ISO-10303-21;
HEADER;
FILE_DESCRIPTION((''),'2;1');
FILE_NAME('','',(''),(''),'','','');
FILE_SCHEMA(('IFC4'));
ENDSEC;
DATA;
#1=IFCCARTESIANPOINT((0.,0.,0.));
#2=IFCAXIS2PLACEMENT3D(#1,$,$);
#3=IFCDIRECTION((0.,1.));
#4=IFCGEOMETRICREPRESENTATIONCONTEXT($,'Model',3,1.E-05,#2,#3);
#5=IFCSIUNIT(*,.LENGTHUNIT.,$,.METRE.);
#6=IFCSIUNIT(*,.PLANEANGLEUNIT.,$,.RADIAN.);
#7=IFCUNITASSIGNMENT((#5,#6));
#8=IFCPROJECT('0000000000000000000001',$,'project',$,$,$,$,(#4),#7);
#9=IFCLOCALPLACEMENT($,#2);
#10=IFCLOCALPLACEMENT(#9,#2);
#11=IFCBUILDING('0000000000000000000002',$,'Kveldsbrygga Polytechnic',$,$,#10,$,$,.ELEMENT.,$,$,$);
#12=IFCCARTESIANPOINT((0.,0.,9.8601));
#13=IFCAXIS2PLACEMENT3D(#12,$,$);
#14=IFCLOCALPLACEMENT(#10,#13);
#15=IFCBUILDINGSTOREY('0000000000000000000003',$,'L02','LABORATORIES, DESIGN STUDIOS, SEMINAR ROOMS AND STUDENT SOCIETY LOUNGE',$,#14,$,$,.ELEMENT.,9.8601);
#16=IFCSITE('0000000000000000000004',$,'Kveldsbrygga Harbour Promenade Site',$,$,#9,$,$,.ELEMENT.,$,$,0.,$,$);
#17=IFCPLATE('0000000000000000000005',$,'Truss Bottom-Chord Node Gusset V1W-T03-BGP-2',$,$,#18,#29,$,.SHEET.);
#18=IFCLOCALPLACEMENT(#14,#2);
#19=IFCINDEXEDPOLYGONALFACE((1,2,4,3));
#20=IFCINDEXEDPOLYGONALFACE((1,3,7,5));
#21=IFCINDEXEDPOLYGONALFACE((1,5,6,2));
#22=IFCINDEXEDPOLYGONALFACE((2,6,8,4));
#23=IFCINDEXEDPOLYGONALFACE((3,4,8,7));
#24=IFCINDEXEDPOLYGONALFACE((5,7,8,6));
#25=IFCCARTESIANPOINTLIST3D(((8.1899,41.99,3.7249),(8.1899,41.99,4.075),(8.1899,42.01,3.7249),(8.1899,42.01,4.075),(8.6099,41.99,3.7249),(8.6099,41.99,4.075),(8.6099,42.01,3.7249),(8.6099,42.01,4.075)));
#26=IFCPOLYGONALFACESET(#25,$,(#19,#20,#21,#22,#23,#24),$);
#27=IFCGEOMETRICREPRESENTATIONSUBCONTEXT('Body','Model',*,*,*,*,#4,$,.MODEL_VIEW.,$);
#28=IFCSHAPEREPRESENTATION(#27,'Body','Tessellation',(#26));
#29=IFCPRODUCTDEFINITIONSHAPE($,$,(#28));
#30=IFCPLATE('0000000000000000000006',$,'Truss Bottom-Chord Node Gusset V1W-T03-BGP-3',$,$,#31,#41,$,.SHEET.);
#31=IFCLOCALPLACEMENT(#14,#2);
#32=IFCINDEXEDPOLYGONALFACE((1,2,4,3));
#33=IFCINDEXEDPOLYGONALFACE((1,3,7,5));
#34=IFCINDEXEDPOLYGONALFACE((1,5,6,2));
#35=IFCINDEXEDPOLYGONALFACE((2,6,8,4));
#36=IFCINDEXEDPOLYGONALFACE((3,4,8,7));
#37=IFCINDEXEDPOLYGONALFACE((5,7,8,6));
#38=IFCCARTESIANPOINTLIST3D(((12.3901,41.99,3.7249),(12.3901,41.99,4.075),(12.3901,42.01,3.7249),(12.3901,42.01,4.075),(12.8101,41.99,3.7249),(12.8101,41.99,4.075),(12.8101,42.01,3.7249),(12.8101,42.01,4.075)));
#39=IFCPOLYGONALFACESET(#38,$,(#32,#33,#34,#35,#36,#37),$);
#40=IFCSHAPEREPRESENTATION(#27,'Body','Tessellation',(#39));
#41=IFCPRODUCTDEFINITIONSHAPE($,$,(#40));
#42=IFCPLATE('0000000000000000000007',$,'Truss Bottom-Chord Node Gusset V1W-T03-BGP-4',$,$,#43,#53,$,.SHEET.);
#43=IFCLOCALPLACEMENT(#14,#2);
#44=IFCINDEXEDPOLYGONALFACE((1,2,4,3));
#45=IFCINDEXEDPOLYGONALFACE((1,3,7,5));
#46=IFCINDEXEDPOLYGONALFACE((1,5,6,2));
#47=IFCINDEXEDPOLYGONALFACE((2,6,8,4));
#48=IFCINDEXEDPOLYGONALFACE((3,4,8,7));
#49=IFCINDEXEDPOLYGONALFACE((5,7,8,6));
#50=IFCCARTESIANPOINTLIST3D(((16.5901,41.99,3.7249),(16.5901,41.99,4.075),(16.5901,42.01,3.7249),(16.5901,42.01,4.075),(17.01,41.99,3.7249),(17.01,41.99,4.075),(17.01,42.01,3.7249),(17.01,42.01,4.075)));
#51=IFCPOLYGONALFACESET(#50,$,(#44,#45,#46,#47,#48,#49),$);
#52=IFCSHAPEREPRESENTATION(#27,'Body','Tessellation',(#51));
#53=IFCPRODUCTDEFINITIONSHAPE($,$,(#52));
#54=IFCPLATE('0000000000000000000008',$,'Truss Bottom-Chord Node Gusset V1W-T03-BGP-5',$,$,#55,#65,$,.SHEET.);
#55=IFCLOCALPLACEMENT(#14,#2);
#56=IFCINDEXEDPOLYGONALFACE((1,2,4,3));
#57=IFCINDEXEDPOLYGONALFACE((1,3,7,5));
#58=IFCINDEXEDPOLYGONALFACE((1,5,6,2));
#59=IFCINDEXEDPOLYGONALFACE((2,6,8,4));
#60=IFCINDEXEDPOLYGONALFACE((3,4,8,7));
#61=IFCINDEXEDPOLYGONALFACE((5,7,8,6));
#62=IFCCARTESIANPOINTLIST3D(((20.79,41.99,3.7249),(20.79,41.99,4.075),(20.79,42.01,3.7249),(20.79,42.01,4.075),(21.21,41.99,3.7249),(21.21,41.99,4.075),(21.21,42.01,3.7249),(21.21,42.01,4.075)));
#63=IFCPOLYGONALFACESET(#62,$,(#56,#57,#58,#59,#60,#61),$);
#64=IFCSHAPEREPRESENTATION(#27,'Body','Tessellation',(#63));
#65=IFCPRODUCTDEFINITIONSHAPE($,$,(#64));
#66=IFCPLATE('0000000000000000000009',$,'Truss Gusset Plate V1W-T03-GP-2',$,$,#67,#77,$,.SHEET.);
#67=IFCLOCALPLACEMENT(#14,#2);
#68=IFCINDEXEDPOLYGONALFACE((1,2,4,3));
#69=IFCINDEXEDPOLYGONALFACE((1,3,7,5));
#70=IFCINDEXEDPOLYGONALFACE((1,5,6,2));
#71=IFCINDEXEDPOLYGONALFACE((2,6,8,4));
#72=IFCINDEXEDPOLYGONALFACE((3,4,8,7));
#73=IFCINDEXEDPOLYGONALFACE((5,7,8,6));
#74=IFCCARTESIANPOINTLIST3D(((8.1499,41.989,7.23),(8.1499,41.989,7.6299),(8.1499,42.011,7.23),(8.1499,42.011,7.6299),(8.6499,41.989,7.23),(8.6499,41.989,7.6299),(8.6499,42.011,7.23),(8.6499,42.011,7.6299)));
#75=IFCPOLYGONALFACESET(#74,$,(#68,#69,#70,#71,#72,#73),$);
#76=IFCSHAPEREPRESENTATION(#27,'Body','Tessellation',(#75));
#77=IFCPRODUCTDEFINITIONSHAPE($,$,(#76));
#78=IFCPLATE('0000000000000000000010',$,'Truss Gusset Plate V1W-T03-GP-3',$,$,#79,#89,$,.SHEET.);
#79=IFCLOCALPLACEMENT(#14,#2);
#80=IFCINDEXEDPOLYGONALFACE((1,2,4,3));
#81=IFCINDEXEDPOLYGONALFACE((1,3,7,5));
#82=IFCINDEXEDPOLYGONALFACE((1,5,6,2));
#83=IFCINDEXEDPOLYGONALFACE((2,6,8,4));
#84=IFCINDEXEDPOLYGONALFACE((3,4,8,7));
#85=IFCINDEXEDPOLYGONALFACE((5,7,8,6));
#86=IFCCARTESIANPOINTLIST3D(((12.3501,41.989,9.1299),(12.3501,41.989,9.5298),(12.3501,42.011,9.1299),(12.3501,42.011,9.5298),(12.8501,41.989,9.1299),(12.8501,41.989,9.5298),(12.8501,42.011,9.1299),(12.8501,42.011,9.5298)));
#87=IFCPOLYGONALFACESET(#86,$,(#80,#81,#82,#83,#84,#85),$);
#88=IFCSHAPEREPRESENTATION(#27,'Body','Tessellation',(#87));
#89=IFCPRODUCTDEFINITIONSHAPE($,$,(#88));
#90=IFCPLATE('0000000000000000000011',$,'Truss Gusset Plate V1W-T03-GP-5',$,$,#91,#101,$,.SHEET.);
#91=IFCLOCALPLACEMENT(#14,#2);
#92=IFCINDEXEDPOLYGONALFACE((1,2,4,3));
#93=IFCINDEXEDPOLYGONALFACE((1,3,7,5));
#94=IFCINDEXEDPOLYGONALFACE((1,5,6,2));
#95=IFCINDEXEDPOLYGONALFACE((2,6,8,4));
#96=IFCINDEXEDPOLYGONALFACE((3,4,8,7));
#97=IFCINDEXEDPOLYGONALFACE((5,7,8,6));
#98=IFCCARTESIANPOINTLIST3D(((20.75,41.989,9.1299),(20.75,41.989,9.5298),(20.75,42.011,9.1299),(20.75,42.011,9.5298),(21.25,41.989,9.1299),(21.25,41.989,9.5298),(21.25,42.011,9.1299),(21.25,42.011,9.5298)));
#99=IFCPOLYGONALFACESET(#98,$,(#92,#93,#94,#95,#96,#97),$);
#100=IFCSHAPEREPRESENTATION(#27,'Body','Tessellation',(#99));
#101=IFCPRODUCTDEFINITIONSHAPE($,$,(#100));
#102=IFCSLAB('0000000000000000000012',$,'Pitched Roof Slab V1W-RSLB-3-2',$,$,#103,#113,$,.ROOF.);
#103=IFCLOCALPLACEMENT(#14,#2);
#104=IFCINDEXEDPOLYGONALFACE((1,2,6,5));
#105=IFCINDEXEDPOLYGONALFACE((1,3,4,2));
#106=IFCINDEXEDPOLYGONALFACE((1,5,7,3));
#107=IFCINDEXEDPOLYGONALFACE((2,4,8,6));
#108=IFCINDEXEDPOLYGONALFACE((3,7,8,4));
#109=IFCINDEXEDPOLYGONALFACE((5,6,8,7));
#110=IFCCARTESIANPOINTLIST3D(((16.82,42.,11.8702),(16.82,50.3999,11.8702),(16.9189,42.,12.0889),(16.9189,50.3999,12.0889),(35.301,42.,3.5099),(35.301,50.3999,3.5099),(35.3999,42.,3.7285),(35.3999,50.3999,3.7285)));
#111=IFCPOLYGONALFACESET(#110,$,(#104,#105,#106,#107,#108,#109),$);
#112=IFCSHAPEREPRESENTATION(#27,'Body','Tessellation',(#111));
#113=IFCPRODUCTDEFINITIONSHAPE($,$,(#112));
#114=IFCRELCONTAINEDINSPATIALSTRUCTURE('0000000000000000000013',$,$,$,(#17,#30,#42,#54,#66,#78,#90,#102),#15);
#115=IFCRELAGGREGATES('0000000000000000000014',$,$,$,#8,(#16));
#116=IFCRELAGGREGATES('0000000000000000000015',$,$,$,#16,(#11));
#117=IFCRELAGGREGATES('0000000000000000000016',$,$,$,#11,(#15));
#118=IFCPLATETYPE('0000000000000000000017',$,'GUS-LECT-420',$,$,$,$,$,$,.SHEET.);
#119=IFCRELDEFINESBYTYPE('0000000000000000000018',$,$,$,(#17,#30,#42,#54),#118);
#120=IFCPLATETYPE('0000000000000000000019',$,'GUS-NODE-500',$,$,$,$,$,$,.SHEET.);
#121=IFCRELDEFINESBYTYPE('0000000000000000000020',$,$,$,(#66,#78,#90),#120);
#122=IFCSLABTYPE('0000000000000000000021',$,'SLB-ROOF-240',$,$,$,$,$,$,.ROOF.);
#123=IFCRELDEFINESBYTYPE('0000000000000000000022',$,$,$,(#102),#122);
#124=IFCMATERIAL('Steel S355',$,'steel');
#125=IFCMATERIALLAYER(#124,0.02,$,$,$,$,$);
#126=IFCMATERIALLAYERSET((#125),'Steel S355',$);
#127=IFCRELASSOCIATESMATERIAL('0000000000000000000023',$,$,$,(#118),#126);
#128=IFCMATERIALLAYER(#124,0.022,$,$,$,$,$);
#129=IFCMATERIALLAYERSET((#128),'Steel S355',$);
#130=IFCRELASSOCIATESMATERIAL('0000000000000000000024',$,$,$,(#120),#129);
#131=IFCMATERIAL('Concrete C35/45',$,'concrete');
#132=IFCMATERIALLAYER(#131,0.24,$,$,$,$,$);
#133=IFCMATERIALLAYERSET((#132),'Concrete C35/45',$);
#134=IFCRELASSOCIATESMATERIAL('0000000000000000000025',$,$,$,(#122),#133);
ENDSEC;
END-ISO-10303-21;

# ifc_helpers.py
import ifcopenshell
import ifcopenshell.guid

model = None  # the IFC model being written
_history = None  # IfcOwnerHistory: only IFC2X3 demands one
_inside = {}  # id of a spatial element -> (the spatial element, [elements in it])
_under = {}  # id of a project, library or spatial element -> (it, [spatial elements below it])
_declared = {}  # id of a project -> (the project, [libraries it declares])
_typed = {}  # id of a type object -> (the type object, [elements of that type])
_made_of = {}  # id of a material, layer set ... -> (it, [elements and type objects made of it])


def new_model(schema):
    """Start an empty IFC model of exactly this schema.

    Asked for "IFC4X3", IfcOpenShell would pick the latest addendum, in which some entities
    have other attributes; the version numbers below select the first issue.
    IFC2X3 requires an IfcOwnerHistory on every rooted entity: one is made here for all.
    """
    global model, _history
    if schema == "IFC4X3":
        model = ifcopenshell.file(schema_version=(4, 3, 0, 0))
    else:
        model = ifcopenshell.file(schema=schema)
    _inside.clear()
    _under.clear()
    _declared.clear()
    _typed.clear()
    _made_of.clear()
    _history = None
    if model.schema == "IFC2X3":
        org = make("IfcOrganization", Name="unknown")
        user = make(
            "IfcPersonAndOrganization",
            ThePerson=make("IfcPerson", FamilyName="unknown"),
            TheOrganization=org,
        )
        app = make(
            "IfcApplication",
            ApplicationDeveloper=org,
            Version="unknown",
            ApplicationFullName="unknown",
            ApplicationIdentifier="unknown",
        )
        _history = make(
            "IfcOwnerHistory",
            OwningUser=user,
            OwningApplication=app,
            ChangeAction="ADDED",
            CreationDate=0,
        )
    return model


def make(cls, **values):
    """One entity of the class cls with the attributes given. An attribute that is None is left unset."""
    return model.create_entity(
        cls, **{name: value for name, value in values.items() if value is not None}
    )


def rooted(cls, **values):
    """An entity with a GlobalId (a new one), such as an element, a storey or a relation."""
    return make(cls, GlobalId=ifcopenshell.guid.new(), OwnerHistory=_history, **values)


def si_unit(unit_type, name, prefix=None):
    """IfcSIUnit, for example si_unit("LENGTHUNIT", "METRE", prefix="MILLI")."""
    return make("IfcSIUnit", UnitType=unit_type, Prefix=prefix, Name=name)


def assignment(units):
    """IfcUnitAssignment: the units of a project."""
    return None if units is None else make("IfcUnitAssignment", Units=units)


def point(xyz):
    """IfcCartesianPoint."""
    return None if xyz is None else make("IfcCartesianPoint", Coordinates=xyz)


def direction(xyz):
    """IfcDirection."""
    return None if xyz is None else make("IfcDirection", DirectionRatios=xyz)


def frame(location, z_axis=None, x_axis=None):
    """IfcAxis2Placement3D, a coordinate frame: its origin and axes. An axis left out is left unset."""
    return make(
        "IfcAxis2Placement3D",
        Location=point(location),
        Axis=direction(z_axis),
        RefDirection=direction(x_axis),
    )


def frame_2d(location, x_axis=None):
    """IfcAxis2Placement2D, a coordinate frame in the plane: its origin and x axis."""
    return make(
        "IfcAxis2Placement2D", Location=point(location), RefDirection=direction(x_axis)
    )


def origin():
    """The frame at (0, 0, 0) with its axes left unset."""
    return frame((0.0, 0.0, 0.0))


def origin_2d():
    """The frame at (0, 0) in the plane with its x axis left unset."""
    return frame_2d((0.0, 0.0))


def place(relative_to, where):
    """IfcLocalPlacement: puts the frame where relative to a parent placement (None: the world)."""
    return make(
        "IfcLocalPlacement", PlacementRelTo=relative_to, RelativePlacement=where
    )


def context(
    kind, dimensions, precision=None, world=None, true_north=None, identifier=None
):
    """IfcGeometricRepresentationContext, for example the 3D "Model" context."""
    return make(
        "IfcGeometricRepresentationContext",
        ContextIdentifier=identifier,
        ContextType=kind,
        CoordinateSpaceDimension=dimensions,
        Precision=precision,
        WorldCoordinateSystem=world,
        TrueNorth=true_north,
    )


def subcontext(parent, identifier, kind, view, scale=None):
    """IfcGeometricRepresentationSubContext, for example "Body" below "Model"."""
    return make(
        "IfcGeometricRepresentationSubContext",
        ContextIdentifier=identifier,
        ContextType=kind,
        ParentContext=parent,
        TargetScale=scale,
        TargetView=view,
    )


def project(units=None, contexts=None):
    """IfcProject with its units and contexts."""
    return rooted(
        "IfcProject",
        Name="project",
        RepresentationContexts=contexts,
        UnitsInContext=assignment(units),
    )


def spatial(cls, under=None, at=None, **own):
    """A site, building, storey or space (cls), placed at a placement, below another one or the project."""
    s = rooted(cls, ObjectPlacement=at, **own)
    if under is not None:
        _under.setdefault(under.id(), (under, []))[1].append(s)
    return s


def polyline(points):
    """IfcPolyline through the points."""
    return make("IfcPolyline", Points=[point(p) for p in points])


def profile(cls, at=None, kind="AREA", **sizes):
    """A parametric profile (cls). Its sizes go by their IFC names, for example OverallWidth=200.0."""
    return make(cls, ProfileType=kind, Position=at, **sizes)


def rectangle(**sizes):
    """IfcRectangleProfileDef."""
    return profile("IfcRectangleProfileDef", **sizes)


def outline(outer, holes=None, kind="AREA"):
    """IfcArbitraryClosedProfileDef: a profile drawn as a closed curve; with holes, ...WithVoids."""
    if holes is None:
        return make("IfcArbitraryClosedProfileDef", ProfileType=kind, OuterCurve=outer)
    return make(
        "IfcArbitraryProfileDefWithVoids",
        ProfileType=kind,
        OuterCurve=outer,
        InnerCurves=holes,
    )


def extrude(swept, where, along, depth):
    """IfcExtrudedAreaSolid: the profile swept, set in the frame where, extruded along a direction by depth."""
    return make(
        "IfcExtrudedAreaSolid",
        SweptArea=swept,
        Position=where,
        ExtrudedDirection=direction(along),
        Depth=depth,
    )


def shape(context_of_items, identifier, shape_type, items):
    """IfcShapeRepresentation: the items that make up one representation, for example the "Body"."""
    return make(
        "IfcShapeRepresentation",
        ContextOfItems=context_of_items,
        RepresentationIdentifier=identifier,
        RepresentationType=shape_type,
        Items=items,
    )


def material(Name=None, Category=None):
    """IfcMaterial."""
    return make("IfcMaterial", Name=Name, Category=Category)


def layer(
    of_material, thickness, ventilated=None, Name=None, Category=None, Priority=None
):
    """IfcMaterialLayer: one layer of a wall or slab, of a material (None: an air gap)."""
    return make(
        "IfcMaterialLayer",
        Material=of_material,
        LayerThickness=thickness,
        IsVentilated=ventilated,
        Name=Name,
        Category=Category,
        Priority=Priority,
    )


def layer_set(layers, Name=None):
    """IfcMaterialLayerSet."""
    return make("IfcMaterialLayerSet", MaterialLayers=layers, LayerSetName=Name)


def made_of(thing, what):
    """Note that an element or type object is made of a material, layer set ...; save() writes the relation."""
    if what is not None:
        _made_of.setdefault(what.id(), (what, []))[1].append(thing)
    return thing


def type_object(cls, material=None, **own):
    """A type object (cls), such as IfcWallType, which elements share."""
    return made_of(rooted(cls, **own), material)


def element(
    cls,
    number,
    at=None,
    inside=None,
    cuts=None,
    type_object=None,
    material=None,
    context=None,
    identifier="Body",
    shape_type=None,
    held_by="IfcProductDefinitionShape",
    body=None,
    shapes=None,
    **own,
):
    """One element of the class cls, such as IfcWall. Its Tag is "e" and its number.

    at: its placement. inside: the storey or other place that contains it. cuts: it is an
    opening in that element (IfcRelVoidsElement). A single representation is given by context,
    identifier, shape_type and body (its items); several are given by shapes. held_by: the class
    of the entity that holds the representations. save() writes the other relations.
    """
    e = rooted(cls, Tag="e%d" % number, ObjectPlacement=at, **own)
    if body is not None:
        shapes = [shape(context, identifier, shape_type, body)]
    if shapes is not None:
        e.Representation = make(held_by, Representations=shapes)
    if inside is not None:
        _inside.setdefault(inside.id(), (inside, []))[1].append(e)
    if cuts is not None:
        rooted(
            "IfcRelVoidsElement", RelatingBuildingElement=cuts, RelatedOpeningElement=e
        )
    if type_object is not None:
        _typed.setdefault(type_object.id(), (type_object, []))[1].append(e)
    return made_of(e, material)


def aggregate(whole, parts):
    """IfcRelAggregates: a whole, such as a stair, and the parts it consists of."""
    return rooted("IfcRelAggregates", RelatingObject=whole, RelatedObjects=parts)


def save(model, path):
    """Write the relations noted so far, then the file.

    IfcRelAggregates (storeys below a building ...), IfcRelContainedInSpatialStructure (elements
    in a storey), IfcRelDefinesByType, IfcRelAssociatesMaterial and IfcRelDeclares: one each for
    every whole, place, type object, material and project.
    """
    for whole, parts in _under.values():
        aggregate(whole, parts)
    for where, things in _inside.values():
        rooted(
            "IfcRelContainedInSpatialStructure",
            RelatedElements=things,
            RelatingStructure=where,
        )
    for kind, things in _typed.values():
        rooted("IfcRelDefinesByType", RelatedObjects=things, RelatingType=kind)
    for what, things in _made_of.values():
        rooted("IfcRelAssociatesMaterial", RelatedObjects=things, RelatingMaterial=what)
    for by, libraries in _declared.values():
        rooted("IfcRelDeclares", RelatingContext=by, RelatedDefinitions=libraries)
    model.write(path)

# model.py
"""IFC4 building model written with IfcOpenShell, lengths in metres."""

from ifc_helpers import new_model, si_unit, direction, frame, origin, origin_2d, place, context, subcontext, project, spatial, polyline, rectangle, outline, extrude, material, layer, layer_set, type_object, element, save


model = new_model("IFC4")

# Units and contexts
model_context = context("Model", 3, precision=1e-05, world=origin(), true_north=direction((0.0, 1.0)))
body_context = subcontext(model_context, "Body", "Model", "MODEL_VIEW")
ifc_project = project(units=[si_unit("LENGTHUNIT", "METRE"), si_unit("PLANEANGLEUNIT", "RADIAN")], contexts=[model_context])

# Site, building, storey
site_placement = place(None, origin())
site = spatial("IfcSite", under=ifc_project, at=site_placement, Name="Kveldsbrygga Harbour Promenade Site", CompositionType="ELEMENT", RefElevation=0.0)
building_placement = place(site_placement, origin())
building = spatial("IfcBuilding", under=site, at=building_placement, Name="Kveldsbrygga Polytechnic", CompositionType="ELEMENT")
storey_placement = place(building_placement, frame((0.0, 0.0, 9.8601)))
storey = spatial("IfcBuildingStorey", under=building, at=storey_placement, Name="L02", Description="LABORATORIES, DESIGN STUDIOS, SEMINAR ROOMS AND STUDENT SOCIETY LOUNGE", CompositionType="ELEMENT", Elevation=9.8601)

# Shared definitions
ifc_material_1 = material(Name="Steel S355", Category="steel")

# Plates
ifc_layer_1 = layer(ifc_material_1, 0.02)
ifc_layer_set_1 = layer_set([ifc_layer_1], Name="Steel S355")
plate_type_1 = type_object("IfcPlateType", Name="GUS-LECT-420", PredefinedType="SHEET", material=ifc_layer_set_1)
for number, where, z_axis, x_axis, name in (
    (1, (8.3999, 42.0, 3.7249), (0.0, 0.0, 1.0), (1.0, 0.0, 0.0), "Truss Bottom-Chord Node Gusset V1W-T03-BGP-2"),
    (2, (12.6001, 42.0, 3.7249), (0.0, 0.0, 1.0), (1.0, 0.0, 0.0), "Truss Bottom-Chord Node Gusset V1W-T03-BGP-3"),
    (3, (16.8, 42.0, 3.7249), (0.0, 0.0, 1.0), (1.0, 0.0, 0.0), "Truss Bottom-Chord Node Gusset V1W-T03-BGP-4"),
    (4, (21.0, 42.0, 3.7249), (0.0, 0.0, 1.0), (1.0, 0.0, 0.0), "Truss Bottom-Chord Node Gusset V1W-T03-BGP-5"),
):
    element("IfcPlate", number, at=place(storey_placement, frame(where, z_axis=z_axis, x_axis=x_axis)), inside=storey, type_object=plate_type_1, Name=name, PredefinedType="SHEET", context=body_context, shape_type="SweptSolid", body=[
        extrude(rectangle(XDim=0.4199, YDim=0.02, at=origin_2d()), origin(), (0.0, 0.0, 1.0), 0.3501),
    ])
ifc_layer_2 = layer(ifc_material_1, 0.022)
ifc_layer_set_2 = layer_set([ifc_layer_2], Name="Steel S355")
plate_type_2 = type_object("IfcPlateType", Name="GUS-NODE-500", PredefinedType="SHEET", material=ifc_layer_set_2)
for number, where, z_axis, x_axis, name in (
    (5, (8.3999, 42.0, 7.23), (0.0, 0.0, 1.0), (1.0, 0.0, 0.0), "Truss Gusset Plate V1W-T03-GP-2"),
    (6, (12.6001, 42.0, 9.1299), (0.0, 0.0, 1.0), (1.0, 0.0, 0.0), "Truss Gusset Plate V1W-T03-GP-3"),
    (7, (21.0, 42.0, 9.1299), (0.0, 0.0, 1.0), (1.0, 0.0, 0.0), "Truss Gusset Plate V1W-T03-GP-5"),
):
    element("IfcPlate", number, at=place(storey_placement, frame(where, z_axis=z_axis, x_axis=x_axis)), inside=storey, type_object=plate_type_2, Name=name, PredefinedType="SHEET", context=body_context, shape_type="SweptSolid", body=[
        extrude(rectangle(XDim=0.5, YDim=0.022, at=origin_2d()), origin(), (0.0, 0.0, 1.0), 0.3999),
    ])

# Slab
ifc_material_2 = material(Name="Concrete C35/45", Category="concrete")
ifc_layer_3 = layer(ifc_material_2, 0.24)
ifc_layer_set_3 = layer_set([ifc_layer_3], Name="Concrete C35/45")
slab_type = type_object("IfcSlabType", Name="SLB-ROOF-240", PredefinedType="ROOF", material=ifc_layer_set_3)
slab_placement = place(storey_placement, frame((16.9189, 42.0, 12.0889), z_axis=(0.412165, 0.0, 0.911109), x_axis=(0.911109, 0.0, -0.412165)))
element("IfcSlab", 8, at=slab_placement, inside=storey, type_object=slab_type, Name="Pitched Roof Slab V1W-RSLB-3-2", PredefinedType="ROOF", context=body_context, shape_type="SweptSolid", body=[
    extrude(outline(polyline([(0.0, 0.0), (20.284, 0.0), (20.284, 8.3999), (0.0, 8.3999), (0.0, 0.0)])), origin(), (0.0, 0.0, -1.0), 0.24),
])

save(model, "model.ifc")
